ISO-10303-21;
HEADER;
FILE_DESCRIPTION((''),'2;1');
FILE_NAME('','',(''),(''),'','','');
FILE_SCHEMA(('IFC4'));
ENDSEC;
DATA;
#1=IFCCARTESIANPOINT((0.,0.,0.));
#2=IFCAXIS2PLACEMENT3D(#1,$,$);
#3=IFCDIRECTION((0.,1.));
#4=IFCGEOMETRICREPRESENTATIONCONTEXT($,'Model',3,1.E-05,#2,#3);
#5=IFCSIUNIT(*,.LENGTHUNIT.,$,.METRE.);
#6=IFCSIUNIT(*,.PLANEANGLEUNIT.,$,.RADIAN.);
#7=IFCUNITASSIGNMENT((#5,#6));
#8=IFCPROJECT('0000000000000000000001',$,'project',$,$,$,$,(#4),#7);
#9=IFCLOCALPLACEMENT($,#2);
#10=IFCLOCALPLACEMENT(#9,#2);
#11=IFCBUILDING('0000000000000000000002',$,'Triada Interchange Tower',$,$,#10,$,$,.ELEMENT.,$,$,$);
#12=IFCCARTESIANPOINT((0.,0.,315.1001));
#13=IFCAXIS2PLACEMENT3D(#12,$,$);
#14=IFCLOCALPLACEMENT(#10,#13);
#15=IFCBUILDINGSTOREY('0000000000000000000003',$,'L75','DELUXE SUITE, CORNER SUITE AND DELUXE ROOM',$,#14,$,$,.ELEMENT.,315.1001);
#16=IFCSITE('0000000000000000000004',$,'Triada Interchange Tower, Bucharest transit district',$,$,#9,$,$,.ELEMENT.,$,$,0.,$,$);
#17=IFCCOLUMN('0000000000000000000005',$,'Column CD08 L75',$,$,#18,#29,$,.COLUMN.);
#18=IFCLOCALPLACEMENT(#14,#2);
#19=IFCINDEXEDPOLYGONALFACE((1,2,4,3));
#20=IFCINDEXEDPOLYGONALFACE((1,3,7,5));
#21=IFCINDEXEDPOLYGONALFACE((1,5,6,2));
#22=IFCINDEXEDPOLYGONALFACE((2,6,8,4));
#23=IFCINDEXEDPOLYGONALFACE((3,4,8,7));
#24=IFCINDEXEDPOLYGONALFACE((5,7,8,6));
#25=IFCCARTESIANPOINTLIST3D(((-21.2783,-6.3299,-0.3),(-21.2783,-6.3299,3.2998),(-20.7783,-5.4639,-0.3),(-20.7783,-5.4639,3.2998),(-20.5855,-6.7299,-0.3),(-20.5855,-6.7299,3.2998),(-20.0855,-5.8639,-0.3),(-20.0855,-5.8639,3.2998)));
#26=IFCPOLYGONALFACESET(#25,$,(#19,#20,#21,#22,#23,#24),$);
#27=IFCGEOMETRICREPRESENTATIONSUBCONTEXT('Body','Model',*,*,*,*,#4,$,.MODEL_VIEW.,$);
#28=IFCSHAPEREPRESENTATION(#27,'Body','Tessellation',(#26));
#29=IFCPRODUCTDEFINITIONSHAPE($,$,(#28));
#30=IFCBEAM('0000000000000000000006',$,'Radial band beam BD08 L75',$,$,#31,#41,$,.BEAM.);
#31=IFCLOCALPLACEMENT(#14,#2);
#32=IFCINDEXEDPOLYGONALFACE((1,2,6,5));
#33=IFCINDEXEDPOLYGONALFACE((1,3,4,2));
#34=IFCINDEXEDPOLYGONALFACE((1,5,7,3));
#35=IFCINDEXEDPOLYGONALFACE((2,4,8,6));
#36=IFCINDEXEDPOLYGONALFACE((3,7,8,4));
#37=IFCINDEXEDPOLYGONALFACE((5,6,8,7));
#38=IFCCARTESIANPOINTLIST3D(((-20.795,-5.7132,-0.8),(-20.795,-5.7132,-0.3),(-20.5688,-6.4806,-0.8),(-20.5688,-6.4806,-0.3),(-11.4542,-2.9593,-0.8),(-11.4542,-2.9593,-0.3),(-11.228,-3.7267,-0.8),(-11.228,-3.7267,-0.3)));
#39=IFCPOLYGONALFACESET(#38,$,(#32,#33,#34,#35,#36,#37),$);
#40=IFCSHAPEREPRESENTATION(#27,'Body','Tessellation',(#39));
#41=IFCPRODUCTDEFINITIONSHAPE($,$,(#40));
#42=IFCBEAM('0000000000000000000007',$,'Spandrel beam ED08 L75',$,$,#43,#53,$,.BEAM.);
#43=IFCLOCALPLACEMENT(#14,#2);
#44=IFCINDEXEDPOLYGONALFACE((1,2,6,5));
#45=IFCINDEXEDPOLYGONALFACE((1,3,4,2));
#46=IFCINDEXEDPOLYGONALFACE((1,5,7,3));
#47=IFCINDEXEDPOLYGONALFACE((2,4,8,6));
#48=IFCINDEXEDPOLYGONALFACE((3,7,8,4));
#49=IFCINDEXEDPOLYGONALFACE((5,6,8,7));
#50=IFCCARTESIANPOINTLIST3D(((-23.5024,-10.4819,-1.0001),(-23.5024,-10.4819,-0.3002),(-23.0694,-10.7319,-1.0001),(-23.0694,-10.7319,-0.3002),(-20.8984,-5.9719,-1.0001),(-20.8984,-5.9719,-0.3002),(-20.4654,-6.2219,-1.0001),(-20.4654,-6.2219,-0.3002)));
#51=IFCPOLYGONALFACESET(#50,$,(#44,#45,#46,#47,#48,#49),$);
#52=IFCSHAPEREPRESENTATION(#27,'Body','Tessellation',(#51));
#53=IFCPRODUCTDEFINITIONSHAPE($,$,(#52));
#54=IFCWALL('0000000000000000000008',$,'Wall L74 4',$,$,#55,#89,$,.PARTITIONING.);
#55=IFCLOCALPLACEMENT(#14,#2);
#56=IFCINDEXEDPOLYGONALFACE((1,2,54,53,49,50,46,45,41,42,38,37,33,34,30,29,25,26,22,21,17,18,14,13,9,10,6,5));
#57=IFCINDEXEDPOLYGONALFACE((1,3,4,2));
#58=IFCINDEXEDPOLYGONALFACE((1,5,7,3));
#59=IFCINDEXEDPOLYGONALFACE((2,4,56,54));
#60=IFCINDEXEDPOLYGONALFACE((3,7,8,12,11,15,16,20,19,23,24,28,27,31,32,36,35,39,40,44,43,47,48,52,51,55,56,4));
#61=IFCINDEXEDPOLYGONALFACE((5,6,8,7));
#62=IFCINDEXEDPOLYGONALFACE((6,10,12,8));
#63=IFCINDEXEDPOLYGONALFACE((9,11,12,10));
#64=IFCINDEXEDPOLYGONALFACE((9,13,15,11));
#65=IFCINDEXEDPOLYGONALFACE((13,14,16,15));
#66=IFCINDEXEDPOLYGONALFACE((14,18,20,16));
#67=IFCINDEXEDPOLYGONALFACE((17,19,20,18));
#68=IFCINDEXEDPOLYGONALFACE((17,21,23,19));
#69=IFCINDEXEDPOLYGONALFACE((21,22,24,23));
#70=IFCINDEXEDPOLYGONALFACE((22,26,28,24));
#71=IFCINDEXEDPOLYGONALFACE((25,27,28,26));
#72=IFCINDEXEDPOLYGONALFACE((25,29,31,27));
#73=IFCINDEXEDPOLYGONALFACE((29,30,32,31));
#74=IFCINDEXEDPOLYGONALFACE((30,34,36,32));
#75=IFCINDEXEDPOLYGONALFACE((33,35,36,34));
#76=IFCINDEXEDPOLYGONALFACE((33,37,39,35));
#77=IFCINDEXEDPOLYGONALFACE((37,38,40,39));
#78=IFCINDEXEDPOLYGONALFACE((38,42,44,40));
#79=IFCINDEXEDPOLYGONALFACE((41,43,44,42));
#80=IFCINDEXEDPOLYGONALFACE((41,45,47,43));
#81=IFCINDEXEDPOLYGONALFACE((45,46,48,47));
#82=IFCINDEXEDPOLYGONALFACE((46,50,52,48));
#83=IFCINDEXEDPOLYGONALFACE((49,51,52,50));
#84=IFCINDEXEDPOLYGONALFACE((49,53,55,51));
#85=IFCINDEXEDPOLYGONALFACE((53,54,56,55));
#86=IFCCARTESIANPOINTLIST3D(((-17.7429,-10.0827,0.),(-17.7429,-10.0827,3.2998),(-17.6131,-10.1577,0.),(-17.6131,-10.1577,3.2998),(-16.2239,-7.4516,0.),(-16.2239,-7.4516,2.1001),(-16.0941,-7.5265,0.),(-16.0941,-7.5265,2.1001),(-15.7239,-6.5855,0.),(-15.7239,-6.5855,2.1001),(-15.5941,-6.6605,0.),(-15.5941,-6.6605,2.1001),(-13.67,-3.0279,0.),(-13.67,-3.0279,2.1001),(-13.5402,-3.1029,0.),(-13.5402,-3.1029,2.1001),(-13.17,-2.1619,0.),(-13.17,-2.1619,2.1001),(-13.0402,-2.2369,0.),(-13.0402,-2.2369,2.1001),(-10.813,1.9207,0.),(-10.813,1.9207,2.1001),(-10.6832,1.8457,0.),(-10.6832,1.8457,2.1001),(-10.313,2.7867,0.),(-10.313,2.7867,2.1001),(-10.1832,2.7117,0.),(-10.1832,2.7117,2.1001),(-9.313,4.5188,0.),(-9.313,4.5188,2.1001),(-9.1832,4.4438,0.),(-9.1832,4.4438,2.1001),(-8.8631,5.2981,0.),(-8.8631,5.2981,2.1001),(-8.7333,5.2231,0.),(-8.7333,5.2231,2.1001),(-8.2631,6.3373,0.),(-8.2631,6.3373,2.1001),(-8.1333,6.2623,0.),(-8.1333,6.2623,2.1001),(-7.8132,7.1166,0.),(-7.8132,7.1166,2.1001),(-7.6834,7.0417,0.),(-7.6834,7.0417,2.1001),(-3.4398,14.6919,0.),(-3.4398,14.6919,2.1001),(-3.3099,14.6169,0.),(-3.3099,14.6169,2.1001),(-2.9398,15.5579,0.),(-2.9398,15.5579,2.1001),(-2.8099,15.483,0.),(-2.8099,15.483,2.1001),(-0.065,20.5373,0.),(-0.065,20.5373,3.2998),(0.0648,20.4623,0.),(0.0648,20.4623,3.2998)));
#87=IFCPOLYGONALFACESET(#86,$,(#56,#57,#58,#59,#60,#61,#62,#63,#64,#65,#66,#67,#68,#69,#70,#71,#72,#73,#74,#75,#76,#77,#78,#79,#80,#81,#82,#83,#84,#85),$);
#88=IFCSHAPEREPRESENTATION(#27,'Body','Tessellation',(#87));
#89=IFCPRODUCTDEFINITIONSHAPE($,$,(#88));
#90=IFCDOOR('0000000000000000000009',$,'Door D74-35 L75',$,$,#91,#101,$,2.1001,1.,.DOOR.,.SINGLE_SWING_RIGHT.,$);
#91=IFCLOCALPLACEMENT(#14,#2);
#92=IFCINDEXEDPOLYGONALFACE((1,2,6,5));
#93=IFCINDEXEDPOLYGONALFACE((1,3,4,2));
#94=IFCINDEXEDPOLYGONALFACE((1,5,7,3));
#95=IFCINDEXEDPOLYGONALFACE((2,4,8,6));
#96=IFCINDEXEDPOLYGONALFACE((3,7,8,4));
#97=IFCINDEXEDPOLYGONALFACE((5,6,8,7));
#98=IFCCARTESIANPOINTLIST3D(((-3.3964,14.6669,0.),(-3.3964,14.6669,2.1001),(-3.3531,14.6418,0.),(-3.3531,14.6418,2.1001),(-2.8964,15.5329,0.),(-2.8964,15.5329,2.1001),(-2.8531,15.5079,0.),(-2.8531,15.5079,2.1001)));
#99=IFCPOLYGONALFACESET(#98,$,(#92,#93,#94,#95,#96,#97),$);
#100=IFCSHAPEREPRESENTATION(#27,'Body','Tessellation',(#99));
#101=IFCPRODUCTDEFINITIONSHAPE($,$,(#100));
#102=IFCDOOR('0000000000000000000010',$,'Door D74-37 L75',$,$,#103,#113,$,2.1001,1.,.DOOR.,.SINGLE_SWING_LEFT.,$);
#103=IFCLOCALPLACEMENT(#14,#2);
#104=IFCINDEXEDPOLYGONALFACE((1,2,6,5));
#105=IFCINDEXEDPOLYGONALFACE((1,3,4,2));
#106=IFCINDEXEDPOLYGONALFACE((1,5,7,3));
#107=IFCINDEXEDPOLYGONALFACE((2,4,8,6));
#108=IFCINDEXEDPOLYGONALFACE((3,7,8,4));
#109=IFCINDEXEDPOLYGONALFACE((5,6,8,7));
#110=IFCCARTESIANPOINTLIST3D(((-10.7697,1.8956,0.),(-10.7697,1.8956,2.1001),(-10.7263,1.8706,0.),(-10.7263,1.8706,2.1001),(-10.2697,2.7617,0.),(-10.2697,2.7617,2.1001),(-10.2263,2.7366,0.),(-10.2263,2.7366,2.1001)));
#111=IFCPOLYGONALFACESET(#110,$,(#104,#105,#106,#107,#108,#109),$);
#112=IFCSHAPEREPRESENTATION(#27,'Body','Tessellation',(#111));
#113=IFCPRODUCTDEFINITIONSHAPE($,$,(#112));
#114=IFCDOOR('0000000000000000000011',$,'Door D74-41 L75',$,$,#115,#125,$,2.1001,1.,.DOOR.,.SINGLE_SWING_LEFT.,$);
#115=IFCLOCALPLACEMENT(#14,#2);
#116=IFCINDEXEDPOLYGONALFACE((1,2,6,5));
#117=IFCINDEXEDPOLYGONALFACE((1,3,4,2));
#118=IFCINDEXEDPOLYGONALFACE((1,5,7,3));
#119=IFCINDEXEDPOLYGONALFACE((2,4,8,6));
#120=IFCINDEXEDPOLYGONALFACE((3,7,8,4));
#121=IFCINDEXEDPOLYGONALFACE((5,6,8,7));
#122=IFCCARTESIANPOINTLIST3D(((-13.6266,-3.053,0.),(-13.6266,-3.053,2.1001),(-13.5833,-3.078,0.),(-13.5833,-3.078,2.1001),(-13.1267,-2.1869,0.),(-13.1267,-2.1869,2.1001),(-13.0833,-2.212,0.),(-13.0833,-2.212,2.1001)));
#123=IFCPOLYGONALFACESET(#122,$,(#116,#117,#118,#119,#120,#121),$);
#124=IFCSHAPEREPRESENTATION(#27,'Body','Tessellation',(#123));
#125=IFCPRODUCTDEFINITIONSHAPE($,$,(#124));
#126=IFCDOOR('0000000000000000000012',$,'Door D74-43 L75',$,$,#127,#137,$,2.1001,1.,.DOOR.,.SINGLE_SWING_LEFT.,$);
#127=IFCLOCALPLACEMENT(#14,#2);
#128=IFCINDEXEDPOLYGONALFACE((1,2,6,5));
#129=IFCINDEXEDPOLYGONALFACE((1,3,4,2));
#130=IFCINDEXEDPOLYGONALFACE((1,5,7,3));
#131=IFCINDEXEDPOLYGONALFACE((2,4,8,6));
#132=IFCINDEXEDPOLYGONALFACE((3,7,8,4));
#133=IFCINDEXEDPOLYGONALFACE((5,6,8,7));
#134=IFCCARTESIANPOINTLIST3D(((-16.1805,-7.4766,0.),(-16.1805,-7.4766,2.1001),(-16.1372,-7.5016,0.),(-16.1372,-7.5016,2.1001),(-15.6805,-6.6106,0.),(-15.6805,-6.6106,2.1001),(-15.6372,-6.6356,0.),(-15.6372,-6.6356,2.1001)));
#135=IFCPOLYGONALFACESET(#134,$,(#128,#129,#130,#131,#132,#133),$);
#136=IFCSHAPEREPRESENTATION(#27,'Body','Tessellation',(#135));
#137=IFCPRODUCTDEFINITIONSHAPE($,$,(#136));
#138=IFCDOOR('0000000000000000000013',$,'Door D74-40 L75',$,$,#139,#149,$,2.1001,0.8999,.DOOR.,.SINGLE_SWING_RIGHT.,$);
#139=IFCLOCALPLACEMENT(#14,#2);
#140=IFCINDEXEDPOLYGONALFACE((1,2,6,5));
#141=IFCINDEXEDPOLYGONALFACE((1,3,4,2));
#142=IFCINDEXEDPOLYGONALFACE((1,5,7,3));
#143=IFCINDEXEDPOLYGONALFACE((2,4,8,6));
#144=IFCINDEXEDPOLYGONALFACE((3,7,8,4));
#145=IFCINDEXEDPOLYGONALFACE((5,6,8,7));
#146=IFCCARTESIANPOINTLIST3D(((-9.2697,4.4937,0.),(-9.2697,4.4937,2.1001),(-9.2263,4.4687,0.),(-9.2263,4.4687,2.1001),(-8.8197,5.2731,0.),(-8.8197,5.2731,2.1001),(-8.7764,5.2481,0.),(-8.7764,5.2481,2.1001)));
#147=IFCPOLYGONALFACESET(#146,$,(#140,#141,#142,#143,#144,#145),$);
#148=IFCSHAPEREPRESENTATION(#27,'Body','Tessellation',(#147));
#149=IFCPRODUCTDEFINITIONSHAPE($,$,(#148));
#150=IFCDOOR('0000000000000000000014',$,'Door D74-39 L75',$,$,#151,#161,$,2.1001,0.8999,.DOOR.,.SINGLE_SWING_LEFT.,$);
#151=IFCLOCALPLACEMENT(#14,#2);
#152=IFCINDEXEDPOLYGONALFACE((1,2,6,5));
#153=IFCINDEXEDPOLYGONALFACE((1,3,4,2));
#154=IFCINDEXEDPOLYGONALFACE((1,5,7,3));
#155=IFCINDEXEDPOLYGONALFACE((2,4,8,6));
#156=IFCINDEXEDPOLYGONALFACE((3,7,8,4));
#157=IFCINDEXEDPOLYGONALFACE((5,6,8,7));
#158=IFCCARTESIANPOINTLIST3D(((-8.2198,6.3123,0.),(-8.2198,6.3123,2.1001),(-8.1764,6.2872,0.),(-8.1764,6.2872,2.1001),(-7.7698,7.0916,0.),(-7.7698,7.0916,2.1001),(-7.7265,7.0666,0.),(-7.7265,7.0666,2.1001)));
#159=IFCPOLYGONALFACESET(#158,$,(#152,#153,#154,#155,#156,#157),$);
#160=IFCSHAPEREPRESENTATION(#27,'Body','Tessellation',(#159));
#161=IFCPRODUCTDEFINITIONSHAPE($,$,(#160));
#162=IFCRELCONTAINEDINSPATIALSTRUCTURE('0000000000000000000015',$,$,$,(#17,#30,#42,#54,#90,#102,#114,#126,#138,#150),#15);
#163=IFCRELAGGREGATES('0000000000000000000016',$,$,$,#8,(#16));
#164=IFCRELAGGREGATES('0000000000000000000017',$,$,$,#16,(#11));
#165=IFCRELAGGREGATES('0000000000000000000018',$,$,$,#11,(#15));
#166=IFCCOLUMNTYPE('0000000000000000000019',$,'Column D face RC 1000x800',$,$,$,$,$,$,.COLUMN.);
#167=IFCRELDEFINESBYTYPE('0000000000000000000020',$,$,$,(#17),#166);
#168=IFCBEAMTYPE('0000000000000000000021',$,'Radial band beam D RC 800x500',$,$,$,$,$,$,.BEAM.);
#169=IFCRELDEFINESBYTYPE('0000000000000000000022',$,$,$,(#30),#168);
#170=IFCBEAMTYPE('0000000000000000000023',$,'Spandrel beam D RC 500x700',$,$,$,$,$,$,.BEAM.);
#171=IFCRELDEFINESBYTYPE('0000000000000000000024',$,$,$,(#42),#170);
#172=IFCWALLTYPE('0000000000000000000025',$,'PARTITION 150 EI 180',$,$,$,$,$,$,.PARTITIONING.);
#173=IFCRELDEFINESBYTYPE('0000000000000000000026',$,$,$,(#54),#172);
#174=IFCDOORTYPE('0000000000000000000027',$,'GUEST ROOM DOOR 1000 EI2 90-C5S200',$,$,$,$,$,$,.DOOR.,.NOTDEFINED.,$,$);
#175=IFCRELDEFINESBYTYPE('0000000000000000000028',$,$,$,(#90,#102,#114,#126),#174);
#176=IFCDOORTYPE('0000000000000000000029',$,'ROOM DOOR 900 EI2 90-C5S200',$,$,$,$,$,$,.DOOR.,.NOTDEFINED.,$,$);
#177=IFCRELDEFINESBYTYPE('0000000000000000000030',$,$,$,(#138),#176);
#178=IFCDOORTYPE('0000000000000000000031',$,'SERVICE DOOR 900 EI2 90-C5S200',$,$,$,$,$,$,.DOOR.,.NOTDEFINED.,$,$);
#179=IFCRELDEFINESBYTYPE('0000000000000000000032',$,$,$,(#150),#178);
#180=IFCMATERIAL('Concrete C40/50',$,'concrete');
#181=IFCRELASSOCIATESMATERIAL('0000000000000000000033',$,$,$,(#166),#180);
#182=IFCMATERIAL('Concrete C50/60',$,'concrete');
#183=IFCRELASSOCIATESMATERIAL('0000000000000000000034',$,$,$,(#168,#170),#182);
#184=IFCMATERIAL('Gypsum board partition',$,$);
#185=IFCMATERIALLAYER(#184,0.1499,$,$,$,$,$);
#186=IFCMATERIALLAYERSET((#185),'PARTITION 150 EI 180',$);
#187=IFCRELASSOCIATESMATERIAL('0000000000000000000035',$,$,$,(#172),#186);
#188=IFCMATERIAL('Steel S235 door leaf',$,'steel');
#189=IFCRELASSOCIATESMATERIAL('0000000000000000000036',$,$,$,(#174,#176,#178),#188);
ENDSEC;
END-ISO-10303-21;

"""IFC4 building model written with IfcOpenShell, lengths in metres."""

from ifc_helpers import new_model, si_unit, direction, frame, frame_2d, origin, origin_2d, place, context, subcontext, project, spatial, rectangle, extrude, material, layer, layer_set, material_profile, profile_set, type_object, element, fill, save


model = new_model("IFC4")

# Units and contexts
model_context = context("Model", 3, precision=1e-05, world=origin(), true_north=direction((0.0, 1.0)))
body_context = subcontext(model_context, "Body", "Model", "MODEL_VIEW")
ifc_project = project(units=[si_unit("LENGTHUNIT", "METRE"), si_unit("PLANEANGLEUNIT", "RADIAN")], contexts=[model_context])

# Site, building, storey
site_placement = place(None, origin())
site = spatial("IfcSite", under=ifc_project, at=site_placement, Name="Triada Interchange Tower, Bucharest transit district", CompositionType="ELEMENT", RefElevation=0.0)
building_placement = place(site_placement, origin())
building = spatial("IfcBuilding", under=site, at=building_placement, Name="Triada Interchange Tower", CompositionType="ELEMENT")
storey_placement = place(building_placement, frame((0.0, 0.0, 315.1001)))
storey = spatial("IfcBuildingStorey", under=building, at=storey_placement, Name="L75", Description="DELUXE SUITE, CORNER SUITE AND DELUXE ROOM", CompositionType="ELEMENT", Elevation=315.1001)

# Column
ifc_material_1 = material(Name="Concrete C40/50", Category="concrete")
ifc_material_profile_1 = material_profile(ifc_material_1, rectangle(XDim=1.0, YDim=0.8, at=origin_2d()), Name="RC 1000x800")
ifc_profile_set_1 = profile_set([ifc_material_profile_1], Name="Concrete C40/50")
column_type = type_object("IfcColumnType", Name="Column D face RC 1000x800", PredefinedType="COLUMN", material=ifc_profile_set_1)
column_placement = place(storey_placement, frame((-20.6819, -6.0969, -0.3), z_axis=(0.0, 0.0, 1.0), x_axis=(0.5, 0.866025, 0.0)))
element("IfcColumn", 1, at=column_placement, inside=storey, type_object=column_type, Name="Column CD08 L75", PredefinedType="COLUMN", context=body_context, shape_type="SweptSolid", body=[
    extrude(rectangle(XDim=1.0, YDim=0.8, at=origin_2d()), origin(), (0.0, 0.0, 1.0), 3.5999),
])

# Beams
ifc_material_2 = material(Name="Concrete C50/60", Category="concrete")
ifc_material_profile_2 = material_profile(ifc_material_2, rectangle(XDim=0.8, YDim=0.5, at=origin_2d()), Name="RC 800x500")
ifc_profile_set_2 = profile_set([ifc_material_profile_2], Name="Concrete C50/60")
beam_type_1 = type_object("IfcBeamType", Name="Radial band beam D RC 800x500", PredefinedType="BEAM", material=ifc_profile_set_2)
beam_1_placement = place(storey_placement, frame((-20.6819, -6.0969, -0.55), z_axis=(0.959182, 0.282791, 0.0), x_axis=(-0.282791, 0.959182, 0.0)))
element("IfcBeam", 2, at=beam_1_placement, inside=storey, type_object=beam_type_1, Name="Radial band beam BD08 L75", PredefinedType="BEAM", context=body_context, shape_type="SweptSolid", body=[
    extrude(rectangle(XDim=0.8, YDim=0.5, at=origin_2d()), origin(), (0.0, 0.0, 1.0), 9.7383),
])
ifc_material_profile_3 = material_profile(ifc_material_2, rectangle(XDim=0.5, YDim=0.7, at=origin_2d()), Name="RC 500x700")
ifc_profile_set_3 = profile_set([ifc_material_profile_3], Name="Concrete C50/60")
beam_type_2 = type_object("IfcBeamType", Name="Spandrel beam D RC 500x700", PredefinedType="BEAM", material=ifc_profile_set_3)
beam_2_placement = place(storey_placement, frame((-20.6819, -6.0969, -0.6501), z_axis=(-0.500021, -0.866013, 0.0), x_axis=(0.866013, -0.500021, 0.0)))
element("IfcBeam", 3, at=beam_2_placement, inside=storey, type_object=beam_type_2, Name="Spandrel beam ED08 L75", PredefinedType="BEAM", context=body_context, shape_type="SweptSolid", body=[
    extrude(rectangle(XDim=0.5, YDim=0.7, at=origin_2d()), origin(), (0.0, 0.0, 1.0), 5.2078),
])

# Wall, openings, doors
ifc_material_3 = material(Name="Gypsum board partition")
ifc_layer_1 = layer(ifc_material_3, 0.1499)
ifc_layer_set_1 = layer_set([ifc_layer_1], Name="PARTITION 150 EI 180")
wall_type_1 = type_object("IfcWallType", Name="PARTITION 150 EI 180", PredefinedType="PARTITIONING", material=ifc_layer_set_1)
wall_1_placement = place(storey_placement, frame((-17.678, -10.1201, 0.0), z_axis=(0.0, 0.0, 1.0), x_axis=(0.499988, 0.866032, 0.0)))
wall_1 = element("IfcWall", 4, at=wall_1_placement, inside=storey, type_object=wall_type_1, Name="Wall L74 4", PredefinedType="PARTITIONING", context=body_context, shape_type="SweptSolid", body=[
    extrude(rectangle(XDim=35.3567, YDim=0.1499, at=frame_2d((17.6782, 0.0))), origin(), (0.0, 0.0, 1.0), 3.2998),
])
opening_1_placement = place(wall_1_placement, frame((28.6069, 0.0, 0.0)))
opening_1 = element("IfcOpeningElement", 5, at=opening_1_placement, cuts=wall_1, PredefinedType="OPENING", context=body_context, shape_type="SweptSolid", body=[
    extrude(rectangle(XDim=1.0, YDim=2.1001, at=frame_2d((0.5, 1.05))), frame((0.0, 0.085, 0.0), z_axis=(0.0, -1.0, 0.0), x_axis=(1.0, 0.0, 0.0)), (0.0, 0.0, 1.0), 0.1699),
])
opening_2_placement = place(wall_1_placement, frame((13.8601, 0.0, 0.0)))
opening_2 = element("IfcOpeningElement", 6, at=opening_2_placement, cuts=wall_1, PredefinedType="OPENING", context=body_context, shape_type="SweptSolid", body=[
    extrude(rectangle(XDim=1.0, YDim=2.1001, at=frame_2d((0.5, 1.05))), frame((0.0, 0.085, 0.0), z_axis=(0.0, -1.0, 0.0), x_axis=(1.0, 0.0, 0.0)), (0.0, 0.0, 1.0), 0.1699),
])
opening_3_placement = place(wall_1_placement, frame((18.96, 0.0, 0.0)))
opening_3 = element("IfcOpeningElement", 7, at=opening_3_placement, cuts=wall_1, PredefinedType="OPENING", context=body_context, shape_type="SweptSolid", body=[
    extrude(rectangle(XDim=0.8999, YDim=2.1001, at=frame_2d((0.45, 1.05))), frame((0.0, 0.085, 0.0), z_axis=(0.0, -1.0, 0.0), x_axis=(1.0, 0.0, 0.0)), (0.0, 0.0, 1.0), 0.1699),
])
opening_4_placement = place(wall_1_placement, frame((16.8601, 0.0, 0.0)))
opening_4 = element("IfcOpeningElement", 8, at=opening_4_placement, cuts=wall_1, PredefinedType="OPENING", context=body_context, shape_type="SweptSolid", body=[
    extrude(rectangle(XDim=0.8999, YDim=2.1001, at=frame_2d((0.45, 1.05))), frame((0.0, 0.085, 0.0), z_axis=(0.0, -1.0, 0.0), x_axis=(1.0, 0.0, 0.0)), (0.0, 0.0, 1.0), 0.1699),
])
opening_5_placement = place(wall_1_placement, frame((8.146, 0.0, 0.0)))
opening_5 = element("IfcOpeningElement", 9, at=opening_5_placement, cuts=wall_1, PredefinedType="OPENING", context=body_context, shape_type="SweptSolid", body=[
    extrude(rectangle(XDim=1.0, YDim=2.1001, at=frame_2d((0.5, 1.05))), frame((0.0, 0.085, 0.0), z_axis=(0.0, -1.0, 0.0), x_axis=(1.0, 0.0, 0.0)), (0.0, 0.0, 1.0), 0.1699),
])
opening_6_placement = place(wall_1_placement, frame((3.0381, 0.0, 0.0)))
opening_6 = element("IfcOpeningElement", 10, at=opening_6_placement, cuts=wall_1, PredefinedType="OPENING", context=body_context, shape_type="SweptSolid", body=[
    extrude(rectangle(XDim=1.0, YDim=2.1001, at=frame_2d((0.5, 1.05))), frame((0.0, 0.085, 0.0), z_axis=(0.0, -1.0, 0.0), x_axis=(1.0, 0.0, 0.0)), (0.0, 0.0, 1.0), 0.1699),
])
ifc_material_4 = material(Name="Steel S235 door leaf", Category="steel")
door_type_1 = type_object("IfcDoorType", Name="GUEST ROOM DOOR 1000 EI2 90-C5S200", OperationType="NOTDEFINED", PredefinedType="DOOR", material=ifc_material_4)
door_1_placement = place(opening_1_placement, origin())
door_1 = element("IfcDoor", 11, at=door_1_placement, inside=storey, type_object=door_type_1, Name="Door D74-35 L75", OperationType="SINGLE_SWING_RIGHT", OverallHeight=2.1001, OverallWidth=1.0, PredefinedType="DOOR", context=body_context, shape_type="SweptSolid", body=[
    extrude(rectangle(XDim=1.0, YDim=2.1001, at=frame_2d((0.5, 1.05))), frame((0.0, 0.0249, 0.0), z_axis=(0.0, -1.0, 0.0), x_axis=(1.0, 0.0, 0.0)), (0.0, 0.0, 1.0), 0.05),
])
fill(opening_1, door_1)
door_2_placement = place(opening_2_placement, origin())
door_2 = element("IfcDoor", 12, at=door_2_placement, inside=storey, type_object=door_type_1, Name="Door D74-37 L75", OperationType="SINGLE_SWING_LEFT", OverallHeight=2.1001, OverallWidth=1.0, PredefinedType="DOOR", context=body_context, shape_type="SweptSolid", body=[
    extrude(rectangle(XDim=1.0, YDim=2.1001, at=frame_2d((0.5, 1.05))), frame((0.0, 0.0249, 0.0), z_axis=(0.0, -1.0, 0.0), x_axis=(1.0, 0.0, 0.0)), (0.0, 0.0, 1.0), 0.05),
])
fill(opening_2, door_2)
door_3_placement = place(opening_5_placement, origin())
door_3 = element("IfcDoor", 13, at=door_3_placement, inside=storey, type_object=door_type_1, Name="Door D74-41 L75", OperationType="SINGLE_SWING_LEFT", OverallHeight=2.1001, OverallWidth=1.0, PredefinedType="DOOR", context=body_context, shape_type="SweptSolid", body=[
    extrude(rectangle(XDim=1.0, YDim=2.1001, at=frame_2d((0.5, 1.05))), frame((0.0, 0.0249, 0.0), z_axis=(0.0, -1.0, 0.0), x_axis=(1.0, 0.0, 0.0)), (0.0, 0.0, 1.0), 0.05),
])
fill(opening_5, door_3)
door_4_placement = place(opening_6_placement, origin())
door_4 = element("IfcDoor", 14, at=door_4_placement, inside=storey, type_object=door_type_1, Name="Door D74-43 L75", OperationType="SINGLE_SWING_LEFT", OverallHeight=2.1001, OverallWidth=1.0, PredefinedType="DOOR", context=body_context, shape_type="SweptSolid", body=[
    extrude(rectangle(XDim=1.0, YDim=2.1001, at=frame_2d((0.5, 1.05))), frame((0.0, 0.0249, 0.0), z_axis=(0.0, -1.0, 0.0), x_axis=(1.0, 0.0, 0.0)), (0.0, 0.0, 1.0), 0.05),
])
fill(opening_6, door_4)
door_type_2 = type_object("IfcDoorType", Name="ROOM DOOR 900 EI2 90-C5S200", OperationType="NOTDEFINED", PredefinedType="DOOR", material=ifc_material_4)
door_5_placement = place(opening_4_placement, origin())
door_5 = element("IfcDoor", 15, at=door_5_placement, inside=storey, type_object=door_type_2, Name="Door D74-40 L75", OperationType="SINGLE_SWING_RIGHT", OverallHeight=2.1001, OverallWidth=0.8999, PredefinedType="DOOR", context=body_context, shape_type="SweptSolid", body=[
    extrude(rectangle(XDim=0.8999, YDim=2.1001, at=frame_2d((0.45, 1.05))), frame((0.0, 0.0249, 0.0), z_axis=(0.0, -1.0, 0.0), x_axis=(1.0, 0.0, 0.0)), (0.0, 0.0, 1.0), 0.05),
])
fill(opening_4, door_5)
door_type_3 = type_object("IfcDoorType", Name="SERVICE DOOR 900 EI2 90-C5S200", OperationType="NOTDEFINED", PredefinedType="DOOR", material=ifc_material_4)
door_6_placement = place(opening_3_placement, origin())
door_6 = element("IfcDoor", 16, at=door_6_placement, inside=storey, type_object=door_type_3, Name="Door D74-39 L75", OperationType="SINGLE_SWING_LEFT", OverallHeight=2.1001, OverallWidth=0.8999, PredefinedType="DOOR", context=body_context, shape_type="SweptSolid", body=[
    extrude(rectangle(XDim=0.8999, YDim=2.1001, at=frame_2d((0.45, 1.05))), frame((0.0, 0.0249, 0.0), z_axis=(0.0, -1.0, 0.0), x_axis=(1.0, 0.0, 0.0)), (0.0, 0.0, 1.0), 0.05),
])
fill(opening_3, door_6)

save(model, "model.ifc")
